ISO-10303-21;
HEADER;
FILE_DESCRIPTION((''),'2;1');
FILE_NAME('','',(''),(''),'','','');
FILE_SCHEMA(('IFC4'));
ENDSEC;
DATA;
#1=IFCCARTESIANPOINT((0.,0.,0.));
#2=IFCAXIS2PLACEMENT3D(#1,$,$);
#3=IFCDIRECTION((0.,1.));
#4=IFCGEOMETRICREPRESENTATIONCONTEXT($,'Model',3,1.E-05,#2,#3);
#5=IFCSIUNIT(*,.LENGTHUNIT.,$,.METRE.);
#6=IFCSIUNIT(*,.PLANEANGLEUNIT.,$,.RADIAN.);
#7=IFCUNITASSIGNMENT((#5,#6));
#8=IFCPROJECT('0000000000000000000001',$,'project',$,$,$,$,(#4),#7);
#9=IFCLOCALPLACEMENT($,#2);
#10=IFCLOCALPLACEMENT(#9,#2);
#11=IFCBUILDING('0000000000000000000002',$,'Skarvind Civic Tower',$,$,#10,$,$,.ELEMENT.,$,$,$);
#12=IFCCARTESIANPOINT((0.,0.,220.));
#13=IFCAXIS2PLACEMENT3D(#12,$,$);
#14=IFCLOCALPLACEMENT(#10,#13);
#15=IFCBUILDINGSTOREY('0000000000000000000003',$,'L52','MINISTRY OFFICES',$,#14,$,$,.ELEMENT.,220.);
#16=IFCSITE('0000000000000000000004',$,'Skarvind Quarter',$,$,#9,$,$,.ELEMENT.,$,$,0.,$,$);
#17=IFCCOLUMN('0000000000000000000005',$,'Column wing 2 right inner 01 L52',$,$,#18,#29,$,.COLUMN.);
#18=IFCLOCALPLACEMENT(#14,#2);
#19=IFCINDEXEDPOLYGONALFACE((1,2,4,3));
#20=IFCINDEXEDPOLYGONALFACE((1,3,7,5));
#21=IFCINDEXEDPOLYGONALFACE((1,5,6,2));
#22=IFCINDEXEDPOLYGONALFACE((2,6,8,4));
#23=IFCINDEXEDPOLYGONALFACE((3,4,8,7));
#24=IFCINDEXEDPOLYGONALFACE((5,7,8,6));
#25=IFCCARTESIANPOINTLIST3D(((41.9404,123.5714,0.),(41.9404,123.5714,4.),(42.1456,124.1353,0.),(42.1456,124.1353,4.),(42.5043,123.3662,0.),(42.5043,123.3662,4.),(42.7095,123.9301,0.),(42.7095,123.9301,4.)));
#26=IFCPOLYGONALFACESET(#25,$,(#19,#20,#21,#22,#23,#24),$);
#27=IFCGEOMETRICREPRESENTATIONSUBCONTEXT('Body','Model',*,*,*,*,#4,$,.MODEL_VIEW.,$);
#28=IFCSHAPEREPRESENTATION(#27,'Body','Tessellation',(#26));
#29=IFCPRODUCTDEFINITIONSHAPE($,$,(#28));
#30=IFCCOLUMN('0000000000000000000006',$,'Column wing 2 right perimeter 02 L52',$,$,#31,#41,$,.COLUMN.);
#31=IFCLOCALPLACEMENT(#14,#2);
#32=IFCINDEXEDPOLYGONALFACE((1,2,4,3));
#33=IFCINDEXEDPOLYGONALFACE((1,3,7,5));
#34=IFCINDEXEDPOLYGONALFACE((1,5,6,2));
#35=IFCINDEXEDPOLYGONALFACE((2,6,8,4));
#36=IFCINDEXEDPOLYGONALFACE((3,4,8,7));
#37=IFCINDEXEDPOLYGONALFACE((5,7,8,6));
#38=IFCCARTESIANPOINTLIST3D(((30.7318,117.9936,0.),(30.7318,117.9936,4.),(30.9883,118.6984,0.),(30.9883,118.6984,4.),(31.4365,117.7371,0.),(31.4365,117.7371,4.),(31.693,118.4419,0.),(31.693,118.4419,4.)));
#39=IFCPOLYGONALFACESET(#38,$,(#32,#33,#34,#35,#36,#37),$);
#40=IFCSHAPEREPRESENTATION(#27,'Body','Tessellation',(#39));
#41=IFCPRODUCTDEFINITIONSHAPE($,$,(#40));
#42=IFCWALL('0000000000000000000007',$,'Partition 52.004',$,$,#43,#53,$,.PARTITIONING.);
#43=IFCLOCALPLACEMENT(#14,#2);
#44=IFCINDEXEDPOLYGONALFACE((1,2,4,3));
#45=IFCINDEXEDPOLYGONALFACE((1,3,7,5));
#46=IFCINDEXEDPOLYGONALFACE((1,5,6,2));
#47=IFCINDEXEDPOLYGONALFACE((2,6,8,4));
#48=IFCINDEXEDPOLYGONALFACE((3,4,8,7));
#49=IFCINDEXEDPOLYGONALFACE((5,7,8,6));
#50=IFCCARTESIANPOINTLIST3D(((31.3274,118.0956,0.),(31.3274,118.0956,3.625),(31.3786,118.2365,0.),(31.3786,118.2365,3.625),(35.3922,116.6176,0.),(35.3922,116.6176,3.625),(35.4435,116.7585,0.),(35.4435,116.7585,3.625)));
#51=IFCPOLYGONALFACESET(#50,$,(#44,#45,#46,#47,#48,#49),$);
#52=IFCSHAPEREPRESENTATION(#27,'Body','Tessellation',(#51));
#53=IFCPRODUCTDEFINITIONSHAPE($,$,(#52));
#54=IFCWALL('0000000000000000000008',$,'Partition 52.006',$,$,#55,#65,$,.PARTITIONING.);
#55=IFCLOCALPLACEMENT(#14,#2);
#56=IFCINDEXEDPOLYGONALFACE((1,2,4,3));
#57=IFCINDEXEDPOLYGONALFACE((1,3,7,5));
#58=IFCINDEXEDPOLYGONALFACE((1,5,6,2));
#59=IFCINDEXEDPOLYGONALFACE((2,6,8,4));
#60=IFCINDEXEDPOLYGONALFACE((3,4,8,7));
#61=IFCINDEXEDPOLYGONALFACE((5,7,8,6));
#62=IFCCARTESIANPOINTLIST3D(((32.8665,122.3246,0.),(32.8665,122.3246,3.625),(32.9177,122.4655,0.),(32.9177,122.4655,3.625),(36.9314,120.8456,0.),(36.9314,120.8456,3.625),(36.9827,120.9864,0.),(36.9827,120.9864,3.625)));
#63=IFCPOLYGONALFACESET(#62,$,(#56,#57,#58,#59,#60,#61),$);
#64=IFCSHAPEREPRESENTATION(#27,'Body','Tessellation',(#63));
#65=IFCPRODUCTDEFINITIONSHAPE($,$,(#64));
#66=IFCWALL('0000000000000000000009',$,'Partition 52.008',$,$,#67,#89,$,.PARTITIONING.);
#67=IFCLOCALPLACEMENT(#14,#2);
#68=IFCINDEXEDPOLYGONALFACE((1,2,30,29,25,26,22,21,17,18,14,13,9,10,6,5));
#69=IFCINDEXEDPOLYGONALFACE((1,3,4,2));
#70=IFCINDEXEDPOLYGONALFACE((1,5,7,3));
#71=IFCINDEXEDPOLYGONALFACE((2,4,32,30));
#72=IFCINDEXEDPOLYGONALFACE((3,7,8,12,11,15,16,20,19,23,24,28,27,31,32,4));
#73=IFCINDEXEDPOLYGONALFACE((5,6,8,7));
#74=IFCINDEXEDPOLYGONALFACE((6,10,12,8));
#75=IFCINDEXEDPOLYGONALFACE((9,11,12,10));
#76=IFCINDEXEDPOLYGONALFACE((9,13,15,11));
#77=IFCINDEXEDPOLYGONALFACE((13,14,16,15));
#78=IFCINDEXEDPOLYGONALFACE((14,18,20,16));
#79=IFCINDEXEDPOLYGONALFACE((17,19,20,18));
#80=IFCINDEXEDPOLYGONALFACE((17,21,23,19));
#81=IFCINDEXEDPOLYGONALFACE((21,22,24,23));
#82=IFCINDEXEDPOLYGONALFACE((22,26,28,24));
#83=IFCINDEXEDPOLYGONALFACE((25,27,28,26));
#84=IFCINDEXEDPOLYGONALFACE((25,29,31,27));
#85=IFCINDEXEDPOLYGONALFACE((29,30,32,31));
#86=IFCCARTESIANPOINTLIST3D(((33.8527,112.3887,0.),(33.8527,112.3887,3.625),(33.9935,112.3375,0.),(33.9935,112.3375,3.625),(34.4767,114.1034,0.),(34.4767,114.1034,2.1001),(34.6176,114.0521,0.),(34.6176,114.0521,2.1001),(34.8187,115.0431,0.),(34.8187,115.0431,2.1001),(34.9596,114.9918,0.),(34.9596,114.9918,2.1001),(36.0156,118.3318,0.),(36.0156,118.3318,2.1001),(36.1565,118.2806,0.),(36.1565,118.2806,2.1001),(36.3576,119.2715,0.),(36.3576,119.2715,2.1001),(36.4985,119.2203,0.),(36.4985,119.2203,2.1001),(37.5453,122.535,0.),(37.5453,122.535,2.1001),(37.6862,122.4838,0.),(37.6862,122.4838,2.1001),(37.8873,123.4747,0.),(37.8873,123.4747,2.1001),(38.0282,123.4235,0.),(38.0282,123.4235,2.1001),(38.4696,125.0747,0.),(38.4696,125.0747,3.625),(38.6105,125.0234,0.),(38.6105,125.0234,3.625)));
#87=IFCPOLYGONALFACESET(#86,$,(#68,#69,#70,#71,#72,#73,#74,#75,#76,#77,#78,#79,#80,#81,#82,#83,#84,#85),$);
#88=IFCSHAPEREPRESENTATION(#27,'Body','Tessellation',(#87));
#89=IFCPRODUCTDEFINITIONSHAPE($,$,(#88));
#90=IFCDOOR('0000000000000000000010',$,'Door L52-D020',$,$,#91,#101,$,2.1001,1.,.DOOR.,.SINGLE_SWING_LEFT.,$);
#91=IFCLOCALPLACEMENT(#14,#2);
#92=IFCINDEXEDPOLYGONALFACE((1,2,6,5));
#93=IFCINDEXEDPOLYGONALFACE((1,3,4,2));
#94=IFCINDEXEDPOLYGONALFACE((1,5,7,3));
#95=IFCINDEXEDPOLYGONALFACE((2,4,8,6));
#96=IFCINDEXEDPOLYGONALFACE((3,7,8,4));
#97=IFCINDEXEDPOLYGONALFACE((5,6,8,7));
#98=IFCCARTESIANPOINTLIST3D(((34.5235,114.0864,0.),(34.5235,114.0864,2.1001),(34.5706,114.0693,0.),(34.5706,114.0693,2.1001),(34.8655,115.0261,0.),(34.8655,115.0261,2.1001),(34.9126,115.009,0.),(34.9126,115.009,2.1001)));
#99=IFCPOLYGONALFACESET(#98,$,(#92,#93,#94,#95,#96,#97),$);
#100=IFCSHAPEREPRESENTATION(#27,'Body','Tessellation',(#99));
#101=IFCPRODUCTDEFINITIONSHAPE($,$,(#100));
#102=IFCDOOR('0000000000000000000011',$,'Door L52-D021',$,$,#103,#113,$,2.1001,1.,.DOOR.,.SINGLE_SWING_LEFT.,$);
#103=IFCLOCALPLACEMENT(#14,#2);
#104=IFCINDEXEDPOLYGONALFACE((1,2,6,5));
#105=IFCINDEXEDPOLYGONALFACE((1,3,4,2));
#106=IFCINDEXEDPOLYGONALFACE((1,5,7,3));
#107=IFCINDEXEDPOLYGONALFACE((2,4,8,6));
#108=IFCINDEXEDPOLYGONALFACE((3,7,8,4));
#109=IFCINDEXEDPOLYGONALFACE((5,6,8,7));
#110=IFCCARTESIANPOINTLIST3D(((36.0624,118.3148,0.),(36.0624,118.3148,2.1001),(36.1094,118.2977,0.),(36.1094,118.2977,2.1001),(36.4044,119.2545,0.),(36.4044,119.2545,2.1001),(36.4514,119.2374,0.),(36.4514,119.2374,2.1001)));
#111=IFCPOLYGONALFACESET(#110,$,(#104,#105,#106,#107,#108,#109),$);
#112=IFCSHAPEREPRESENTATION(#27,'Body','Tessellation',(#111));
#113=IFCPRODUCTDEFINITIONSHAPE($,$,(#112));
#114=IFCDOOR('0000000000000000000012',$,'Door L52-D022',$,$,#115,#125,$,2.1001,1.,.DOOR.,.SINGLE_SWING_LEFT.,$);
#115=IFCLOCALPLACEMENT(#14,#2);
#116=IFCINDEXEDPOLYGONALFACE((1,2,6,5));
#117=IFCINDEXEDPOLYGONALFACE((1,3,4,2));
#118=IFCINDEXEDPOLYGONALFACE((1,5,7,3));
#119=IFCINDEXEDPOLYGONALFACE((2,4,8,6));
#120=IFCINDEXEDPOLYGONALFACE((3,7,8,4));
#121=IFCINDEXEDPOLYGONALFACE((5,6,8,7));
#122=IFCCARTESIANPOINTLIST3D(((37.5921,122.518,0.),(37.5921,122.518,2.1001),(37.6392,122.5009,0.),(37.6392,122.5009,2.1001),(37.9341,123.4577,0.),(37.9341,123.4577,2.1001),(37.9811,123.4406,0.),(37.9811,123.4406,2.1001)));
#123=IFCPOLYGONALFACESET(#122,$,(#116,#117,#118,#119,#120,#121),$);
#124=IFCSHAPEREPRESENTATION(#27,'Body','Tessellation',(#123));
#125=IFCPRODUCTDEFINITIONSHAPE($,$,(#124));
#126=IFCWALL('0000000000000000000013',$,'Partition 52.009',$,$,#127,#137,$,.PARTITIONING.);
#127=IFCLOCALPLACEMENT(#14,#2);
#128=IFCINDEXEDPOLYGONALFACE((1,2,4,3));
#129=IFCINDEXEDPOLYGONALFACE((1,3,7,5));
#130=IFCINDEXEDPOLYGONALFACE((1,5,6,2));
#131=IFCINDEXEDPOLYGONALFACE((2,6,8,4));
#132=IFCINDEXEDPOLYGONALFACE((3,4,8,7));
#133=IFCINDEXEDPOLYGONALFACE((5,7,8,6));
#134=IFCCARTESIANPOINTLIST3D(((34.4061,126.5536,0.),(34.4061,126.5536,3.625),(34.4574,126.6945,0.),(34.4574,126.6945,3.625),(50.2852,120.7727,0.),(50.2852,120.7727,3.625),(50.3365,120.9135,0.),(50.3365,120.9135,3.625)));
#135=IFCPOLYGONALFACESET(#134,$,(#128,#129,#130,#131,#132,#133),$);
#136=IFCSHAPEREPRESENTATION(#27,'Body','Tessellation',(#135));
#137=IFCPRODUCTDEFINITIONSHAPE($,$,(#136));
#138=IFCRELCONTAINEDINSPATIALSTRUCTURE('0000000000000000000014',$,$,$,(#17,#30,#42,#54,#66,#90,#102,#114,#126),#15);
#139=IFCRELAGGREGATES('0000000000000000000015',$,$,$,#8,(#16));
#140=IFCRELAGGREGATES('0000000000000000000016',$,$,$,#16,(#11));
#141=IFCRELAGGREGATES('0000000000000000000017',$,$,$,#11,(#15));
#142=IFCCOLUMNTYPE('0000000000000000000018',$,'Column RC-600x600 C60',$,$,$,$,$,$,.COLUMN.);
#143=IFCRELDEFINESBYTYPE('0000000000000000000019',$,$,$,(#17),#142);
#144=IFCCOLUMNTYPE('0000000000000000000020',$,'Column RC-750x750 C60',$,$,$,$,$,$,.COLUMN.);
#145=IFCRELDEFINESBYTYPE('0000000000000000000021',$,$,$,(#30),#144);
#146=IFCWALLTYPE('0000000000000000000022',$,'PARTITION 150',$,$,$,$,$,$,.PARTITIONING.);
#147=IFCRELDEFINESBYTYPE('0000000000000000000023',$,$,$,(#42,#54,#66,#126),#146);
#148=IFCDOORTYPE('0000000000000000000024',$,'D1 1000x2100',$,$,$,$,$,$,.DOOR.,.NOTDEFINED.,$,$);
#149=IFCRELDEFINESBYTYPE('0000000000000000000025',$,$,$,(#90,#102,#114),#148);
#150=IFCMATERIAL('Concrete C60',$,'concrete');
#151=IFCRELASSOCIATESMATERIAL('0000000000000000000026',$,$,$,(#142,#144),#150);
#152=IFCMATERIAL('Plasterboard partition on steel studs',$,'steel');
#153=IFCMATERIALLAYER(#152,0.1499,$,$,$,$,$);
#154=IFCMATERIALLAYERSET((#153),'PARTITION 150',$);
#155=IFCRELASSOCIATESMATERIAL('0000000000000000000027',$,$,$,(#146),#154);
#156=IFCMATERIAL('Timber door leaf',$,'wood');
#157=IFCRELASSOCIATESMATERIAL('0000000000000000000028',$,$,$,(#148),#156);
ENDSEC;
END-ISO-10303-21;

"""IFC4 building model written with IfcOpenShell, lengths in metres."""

from ifc_helpers import new_model, si_unit, direction, frame, frame_2d, origin, origin_2d, place, context, subcontext, project, spatial, rectangle, extrude, material, layer, layer_set, material_profile, profile_set, type_object, element, fill, save


model = new_model("IFC4")

# Units and contexts
model_context = context("Model", 3, precision=1e-05, world=origin(), true_north=direction((0.0, 1.0)))
body_context = subcontext(model_context, "Body", "Model", "MODEL_VIEW")
ifc_project = project(units=[si_unit("LENGTHUNIT", "METRE"), si_unit("PLANEANGLEUNIT", "RADIAN")], contexts=[model_context])

# Site, building, storey
site_placement = place(None, origin())
site = spatial("IfcSite", under=ifc_project, at=site_placement, Name="Skarvind Quarter", CompositionType="ELEMENT", RefElevation=0.0)
building_placement = place(site_placement, origin())
building = spatial("IfcBuilding", under=site, at=building_placement, Name="Skarvind Civic Tower", CompositionType="ELEMENT")
storey_placement = place(building_placement, frame((0.0, 0.0, 220.0)))
storey = spatial("IfcBuildingStorey", under=building, at=storey_placement, Name="L52", Description="MINISTRY OFFICES", CompositionType="ELEMENT", Elevation=220.0)

# Columns
ifc_material_1 = material(Name="Concrete C60", Category="concrete")
ifc_material_profile_1 = material_profile(ifc_material_1, rectangle(XDim=0.6001, YDim=0.6001, at=origin_2d()), Name="RC-600x600")
ifc_profile_set_1 = profile_set([ifc_material_profile_1], Name="Concrete C60")
column_type_1 = type_object("IfcColumnType", Name="Column RC-600x600 C60", PredefinedType="COLUMN", material=ifc_profile_set_1)
column_1_placement = place(storey_placement, frame((42.325, 123.7507, 0.0), z_axis=(0.0, 0.0, 1.0), x_axis=(-0.34202, -0.939693, 0.0)))
element("IfcColumn", 1, at=column_1_placement, inside=storey, type_object=column_type_1, Name="Column wing 2 right inner 01 L52", PredefinedType="COLUMN", context=body_context, shape_type="SweptSolid", body=[
    extrude(rectangle(XDim=0.6001, YDim=0.6001, at=origin_2d()), origin(), (0.0, 0.0, 1.0), 4.0),
])
ifc_material_profile_2 = material_profile(ifc_material_1, rectangle(XDim=0.75, YDim=0.75, at=origin_2d()), Name="RC-750x750")
ifc_profile_set_2 = profile_set([ifc_material_profile_2], Name="Concrete C60")
column_type_2 = type_object("IfcColumnType", Name="Column RC-750x750 C60", PredefinedType="COLUMN", material=ifc_profile_set_2)
column_2_placement = place(storey_placement, frame((31.2124, 118.2178, 0.0), z_axis=(0.0, 0.0, 1.0), x_axis=(-0.34202, -0.939693, 0.0)))
element("IfcColumn", 2, at=column_2_placement, inside=storey, type_object=column_type_2, Name="Column wing 2 right perimeter 02 L52", PredefinedType="COLUMN", context=body_context, shape_type="SweptSolid", body=[
    extrude(rectangle(XDim=0.75, YDim=0.75, at=origin_2d()), origin(), (0.0, 0.0, 1.0), 4.0),
])

# Walls
ifc_material_2 = material(Name="Plasterboard partition on steel studs", Category="steel")
ifc_layer = layer(ifc_material_2, 0.1499)
ifc_layer_set = layer_set([ifc_layer], Name="PARTITION 150")
wall_type = type_object("IfcWallType", Name="PARTITION 150", PredefinedType="PARTITIONING", material=ifc_layer_set)
wall_1_placement = place(storey_placement, frame((31.353, 118.166, 0.0), z_axis=(0.0, 0.0, 1.0), x_axis=(0.939803, -0.341716, 0.0)))
element("IfcWall", 3, at=wall_1_placement, inside=storey, type_object=wall_type, Name="Partition 52.004", PredefinedType="PARTITIONING", context=body_context, shape_type="SweptSolid", body=[
    extrude(rectangle(XDim=4.3252, YDim=0.1499, at=frame_2d((2.1626, 0.0))), origin(), (0.0, 0.0, 1.0), 3.625),
])
wall_2_placement = place(storey_placement, frame((32.8921, 122.395, 0.0), z_axis=(0.0, 0.0, 1.0), x_axis=(0.939731, -0.341915, 0.0)))
element("IfcWall", 4, at=wall_2_placement, inside=storey, type_object=wall_type, Name="Partition 52.006", PredefinedType="PARTITIONING", context=body_context, shape_type="SweptSolid", body=[
    extrude(rectangle(XDim=4.3257, YDim=0.1499, at=frame_2d((2.1628, 0.0))), origin(), (0.0, 0.0, 1.0), 3.625),
])

# Wall, openings, doors
wall_3_placement = place(storey_placement, frame((38.54, 125.0491, 0.0), z_axis=(0.0, 0.0, 1.0), x_axis=(-0.341994, -0.939702, 0.0)))
wall_3 = element("IfcWall", 5, at=wall_3_placement, inside=storey, type_object=wall_type, Name="Partition 52.008", PredefinedType="PARTITIONING", context=body_context, shape_type="SweptSolid", body=[
    extrude(rectangle(XDim=13.5, YDim=0.1499, at=frame_2d((6.75, 0.0))), origin(), (0.0, 0.0, 1.0), 3.625),
])
opening_1_placement = place(wall_3_placement, frame((10.6753, 0.0, 0.0)))
opening_1 = element("IfcOpeningElement", 6, at=opening_1_placement, cuts=wall_3, PredefinedType="OPENING", context=body_context, shape_type="SweptSolid", body=[
    extrude(rectangle(XDim=1.0, YDim=2.1001, at=frame_2d((0.5, 1.05))), frame((0.0, 0.085, 0.0), z_axis=(0.0, -1.0, 0.0), x_axis=(1.0, 0.0, 0.0)), (0.0, 0.0, 1.0), 0.1699),
])
opening_2_placement = place(wall_3_placement, frame((6.1755, 0.0, 0.0)))
opening_2 = element("IfcOpeningElement", 7, at=opening_2_placement, cuts=wall_3, PredefinedType="OPENING", context=body_context, shape_type="SweptSolid", body=[
    extrude(rectangle(XDim=1.0, YDim=2.1001, at=frame_2d((0.5, 1.05))), frame((0.0, 0.085, 0.0), z_axis=(0.0, -1.0, 0.0), x_axis=(1.0, 0.0, 0.0)), (0.0, 0.0, 1.0), 0.1699),
])
opening_3_placement = place(wall_3_placement, frame((1.7026, 0.0, 0.0)))
opening_3 = element("IfcOpeningElement", 8, at=opening_3_placement, cuts=wall_3, PredefinedType="OPENING", context=body_context, shape_type="SweptSolid", body=[
    extrude(rectangle(XDim=1.0, YDim=2.1001, at=frame_2d((0.5, 1.05))), frame((0.0, 0.085, 0.0), z_axis=(0.0, -1.0, 0.0), x_axis=(1.0, 0.0, 0.0)), (0.0, 0.0, 1.0), 0.1699),
])
ifc_material_3 = material(Name="Timber door leaf", Category="wood")
door_type = type_object("IfcDoorType", Name="D1 1000x2100", OperationType="NOTDEFINED", PredefinedType="DOOR", material=ifc_material_3)
door_1_placement = place(opening_1_placement, origin())
door_1 = element("IfcDoor", 9, at=door_1_placement, inside=storey, type_object=door_type, Name="Door L52-D020", OperationType="SINGLE_SWING_LEFT", OverallHeight=2.1001, OverallWidth=1.0, PredefinedType="DOOR", context=body_context, shape_type="SweptSolid", body=[
    extrude(rectangle(XDim=1.0, YDim=2.1001, at=frame_2d((0.5, 1.05))), frame((0.0, 0.0249, 0.0), z_axis=(0.0, -1.0, 0.0), x_axis=(1.0, 0.0, 0.0)), (0.0, 0.0, 1.0), 0.05),
])
fill(opening_1, door_1)
door_2_placement = place(opening_2_placement, origin())
door_2 = element("IfcDoor", 10, at=door_2_placement, inside=storey, type_object=door_type, Name="Door L52-D021", OperationType="SINGLE_SWING_LEFT", OverallHeight=2.1001, OverallWidth=1.0, PredefinedType="DOOR", context=body_context, shape_type="SweptSolid", body=[
    extrude(rectangle(XDim=1.0, YDim=2.1001, at=frame_2d((0.5, 1.05))), frame((0.0, 0.0249, 0.0), z_axis=(0.0, -1.0, 0.0), x_axis=(1.0, 0.0, 0.0)), (0.0, 0.0, 1.0), 0.05),
])
fill(opening_2, door_2)
door_3_placement = place(opening_3_placement, origin())
door_3 = element("IfcDoor", 11, at=door_3_placement, inside=storey, type_object=door_type, Name="Door L52-D022", OperationType="SINGLE_SWING_LEFT", OverallHeight=2.1001, OverallWidth=1.0, PredefinedType="DOOR", context=body_context, shape_type="SweptSolid", body=[
    extrude(rectangle(XDim=1.0, YDim=2.1001, at=frame_2d((0.5, 1.05))), frame((0.0, 0.0249, 0.0), z_axis=(0.0, -1.0, 0.0), x_axis=(1.0, 0.0, 0.0)), (0.0, 0.0, 1.0), 0.05),
])
fill(opening_3, door_3)

# Wall
wall_4_placement = place(storey_placement, frame((34.4319, 126.624, 0.0), z_axis=(0.0, 0.0, 1.0), x_axis=(0.939665, -0.342097, 0.0)))
element("IfcWall", 12, at=wall_4_placement, inside=storey, type_object=wall_type, Name="Partition 52.009", PredefinedType="PARTITIONING", context=body_context, shape_type="SweptSolid", body=[
    extrude(rectangle(XDim=16.8987, YDim=0.1499, at=frame_2d((8.4492, 0.0))), origin(), (0.0, 0.0, 1.0), 3.625),
])

save(model, "model.ifc")
